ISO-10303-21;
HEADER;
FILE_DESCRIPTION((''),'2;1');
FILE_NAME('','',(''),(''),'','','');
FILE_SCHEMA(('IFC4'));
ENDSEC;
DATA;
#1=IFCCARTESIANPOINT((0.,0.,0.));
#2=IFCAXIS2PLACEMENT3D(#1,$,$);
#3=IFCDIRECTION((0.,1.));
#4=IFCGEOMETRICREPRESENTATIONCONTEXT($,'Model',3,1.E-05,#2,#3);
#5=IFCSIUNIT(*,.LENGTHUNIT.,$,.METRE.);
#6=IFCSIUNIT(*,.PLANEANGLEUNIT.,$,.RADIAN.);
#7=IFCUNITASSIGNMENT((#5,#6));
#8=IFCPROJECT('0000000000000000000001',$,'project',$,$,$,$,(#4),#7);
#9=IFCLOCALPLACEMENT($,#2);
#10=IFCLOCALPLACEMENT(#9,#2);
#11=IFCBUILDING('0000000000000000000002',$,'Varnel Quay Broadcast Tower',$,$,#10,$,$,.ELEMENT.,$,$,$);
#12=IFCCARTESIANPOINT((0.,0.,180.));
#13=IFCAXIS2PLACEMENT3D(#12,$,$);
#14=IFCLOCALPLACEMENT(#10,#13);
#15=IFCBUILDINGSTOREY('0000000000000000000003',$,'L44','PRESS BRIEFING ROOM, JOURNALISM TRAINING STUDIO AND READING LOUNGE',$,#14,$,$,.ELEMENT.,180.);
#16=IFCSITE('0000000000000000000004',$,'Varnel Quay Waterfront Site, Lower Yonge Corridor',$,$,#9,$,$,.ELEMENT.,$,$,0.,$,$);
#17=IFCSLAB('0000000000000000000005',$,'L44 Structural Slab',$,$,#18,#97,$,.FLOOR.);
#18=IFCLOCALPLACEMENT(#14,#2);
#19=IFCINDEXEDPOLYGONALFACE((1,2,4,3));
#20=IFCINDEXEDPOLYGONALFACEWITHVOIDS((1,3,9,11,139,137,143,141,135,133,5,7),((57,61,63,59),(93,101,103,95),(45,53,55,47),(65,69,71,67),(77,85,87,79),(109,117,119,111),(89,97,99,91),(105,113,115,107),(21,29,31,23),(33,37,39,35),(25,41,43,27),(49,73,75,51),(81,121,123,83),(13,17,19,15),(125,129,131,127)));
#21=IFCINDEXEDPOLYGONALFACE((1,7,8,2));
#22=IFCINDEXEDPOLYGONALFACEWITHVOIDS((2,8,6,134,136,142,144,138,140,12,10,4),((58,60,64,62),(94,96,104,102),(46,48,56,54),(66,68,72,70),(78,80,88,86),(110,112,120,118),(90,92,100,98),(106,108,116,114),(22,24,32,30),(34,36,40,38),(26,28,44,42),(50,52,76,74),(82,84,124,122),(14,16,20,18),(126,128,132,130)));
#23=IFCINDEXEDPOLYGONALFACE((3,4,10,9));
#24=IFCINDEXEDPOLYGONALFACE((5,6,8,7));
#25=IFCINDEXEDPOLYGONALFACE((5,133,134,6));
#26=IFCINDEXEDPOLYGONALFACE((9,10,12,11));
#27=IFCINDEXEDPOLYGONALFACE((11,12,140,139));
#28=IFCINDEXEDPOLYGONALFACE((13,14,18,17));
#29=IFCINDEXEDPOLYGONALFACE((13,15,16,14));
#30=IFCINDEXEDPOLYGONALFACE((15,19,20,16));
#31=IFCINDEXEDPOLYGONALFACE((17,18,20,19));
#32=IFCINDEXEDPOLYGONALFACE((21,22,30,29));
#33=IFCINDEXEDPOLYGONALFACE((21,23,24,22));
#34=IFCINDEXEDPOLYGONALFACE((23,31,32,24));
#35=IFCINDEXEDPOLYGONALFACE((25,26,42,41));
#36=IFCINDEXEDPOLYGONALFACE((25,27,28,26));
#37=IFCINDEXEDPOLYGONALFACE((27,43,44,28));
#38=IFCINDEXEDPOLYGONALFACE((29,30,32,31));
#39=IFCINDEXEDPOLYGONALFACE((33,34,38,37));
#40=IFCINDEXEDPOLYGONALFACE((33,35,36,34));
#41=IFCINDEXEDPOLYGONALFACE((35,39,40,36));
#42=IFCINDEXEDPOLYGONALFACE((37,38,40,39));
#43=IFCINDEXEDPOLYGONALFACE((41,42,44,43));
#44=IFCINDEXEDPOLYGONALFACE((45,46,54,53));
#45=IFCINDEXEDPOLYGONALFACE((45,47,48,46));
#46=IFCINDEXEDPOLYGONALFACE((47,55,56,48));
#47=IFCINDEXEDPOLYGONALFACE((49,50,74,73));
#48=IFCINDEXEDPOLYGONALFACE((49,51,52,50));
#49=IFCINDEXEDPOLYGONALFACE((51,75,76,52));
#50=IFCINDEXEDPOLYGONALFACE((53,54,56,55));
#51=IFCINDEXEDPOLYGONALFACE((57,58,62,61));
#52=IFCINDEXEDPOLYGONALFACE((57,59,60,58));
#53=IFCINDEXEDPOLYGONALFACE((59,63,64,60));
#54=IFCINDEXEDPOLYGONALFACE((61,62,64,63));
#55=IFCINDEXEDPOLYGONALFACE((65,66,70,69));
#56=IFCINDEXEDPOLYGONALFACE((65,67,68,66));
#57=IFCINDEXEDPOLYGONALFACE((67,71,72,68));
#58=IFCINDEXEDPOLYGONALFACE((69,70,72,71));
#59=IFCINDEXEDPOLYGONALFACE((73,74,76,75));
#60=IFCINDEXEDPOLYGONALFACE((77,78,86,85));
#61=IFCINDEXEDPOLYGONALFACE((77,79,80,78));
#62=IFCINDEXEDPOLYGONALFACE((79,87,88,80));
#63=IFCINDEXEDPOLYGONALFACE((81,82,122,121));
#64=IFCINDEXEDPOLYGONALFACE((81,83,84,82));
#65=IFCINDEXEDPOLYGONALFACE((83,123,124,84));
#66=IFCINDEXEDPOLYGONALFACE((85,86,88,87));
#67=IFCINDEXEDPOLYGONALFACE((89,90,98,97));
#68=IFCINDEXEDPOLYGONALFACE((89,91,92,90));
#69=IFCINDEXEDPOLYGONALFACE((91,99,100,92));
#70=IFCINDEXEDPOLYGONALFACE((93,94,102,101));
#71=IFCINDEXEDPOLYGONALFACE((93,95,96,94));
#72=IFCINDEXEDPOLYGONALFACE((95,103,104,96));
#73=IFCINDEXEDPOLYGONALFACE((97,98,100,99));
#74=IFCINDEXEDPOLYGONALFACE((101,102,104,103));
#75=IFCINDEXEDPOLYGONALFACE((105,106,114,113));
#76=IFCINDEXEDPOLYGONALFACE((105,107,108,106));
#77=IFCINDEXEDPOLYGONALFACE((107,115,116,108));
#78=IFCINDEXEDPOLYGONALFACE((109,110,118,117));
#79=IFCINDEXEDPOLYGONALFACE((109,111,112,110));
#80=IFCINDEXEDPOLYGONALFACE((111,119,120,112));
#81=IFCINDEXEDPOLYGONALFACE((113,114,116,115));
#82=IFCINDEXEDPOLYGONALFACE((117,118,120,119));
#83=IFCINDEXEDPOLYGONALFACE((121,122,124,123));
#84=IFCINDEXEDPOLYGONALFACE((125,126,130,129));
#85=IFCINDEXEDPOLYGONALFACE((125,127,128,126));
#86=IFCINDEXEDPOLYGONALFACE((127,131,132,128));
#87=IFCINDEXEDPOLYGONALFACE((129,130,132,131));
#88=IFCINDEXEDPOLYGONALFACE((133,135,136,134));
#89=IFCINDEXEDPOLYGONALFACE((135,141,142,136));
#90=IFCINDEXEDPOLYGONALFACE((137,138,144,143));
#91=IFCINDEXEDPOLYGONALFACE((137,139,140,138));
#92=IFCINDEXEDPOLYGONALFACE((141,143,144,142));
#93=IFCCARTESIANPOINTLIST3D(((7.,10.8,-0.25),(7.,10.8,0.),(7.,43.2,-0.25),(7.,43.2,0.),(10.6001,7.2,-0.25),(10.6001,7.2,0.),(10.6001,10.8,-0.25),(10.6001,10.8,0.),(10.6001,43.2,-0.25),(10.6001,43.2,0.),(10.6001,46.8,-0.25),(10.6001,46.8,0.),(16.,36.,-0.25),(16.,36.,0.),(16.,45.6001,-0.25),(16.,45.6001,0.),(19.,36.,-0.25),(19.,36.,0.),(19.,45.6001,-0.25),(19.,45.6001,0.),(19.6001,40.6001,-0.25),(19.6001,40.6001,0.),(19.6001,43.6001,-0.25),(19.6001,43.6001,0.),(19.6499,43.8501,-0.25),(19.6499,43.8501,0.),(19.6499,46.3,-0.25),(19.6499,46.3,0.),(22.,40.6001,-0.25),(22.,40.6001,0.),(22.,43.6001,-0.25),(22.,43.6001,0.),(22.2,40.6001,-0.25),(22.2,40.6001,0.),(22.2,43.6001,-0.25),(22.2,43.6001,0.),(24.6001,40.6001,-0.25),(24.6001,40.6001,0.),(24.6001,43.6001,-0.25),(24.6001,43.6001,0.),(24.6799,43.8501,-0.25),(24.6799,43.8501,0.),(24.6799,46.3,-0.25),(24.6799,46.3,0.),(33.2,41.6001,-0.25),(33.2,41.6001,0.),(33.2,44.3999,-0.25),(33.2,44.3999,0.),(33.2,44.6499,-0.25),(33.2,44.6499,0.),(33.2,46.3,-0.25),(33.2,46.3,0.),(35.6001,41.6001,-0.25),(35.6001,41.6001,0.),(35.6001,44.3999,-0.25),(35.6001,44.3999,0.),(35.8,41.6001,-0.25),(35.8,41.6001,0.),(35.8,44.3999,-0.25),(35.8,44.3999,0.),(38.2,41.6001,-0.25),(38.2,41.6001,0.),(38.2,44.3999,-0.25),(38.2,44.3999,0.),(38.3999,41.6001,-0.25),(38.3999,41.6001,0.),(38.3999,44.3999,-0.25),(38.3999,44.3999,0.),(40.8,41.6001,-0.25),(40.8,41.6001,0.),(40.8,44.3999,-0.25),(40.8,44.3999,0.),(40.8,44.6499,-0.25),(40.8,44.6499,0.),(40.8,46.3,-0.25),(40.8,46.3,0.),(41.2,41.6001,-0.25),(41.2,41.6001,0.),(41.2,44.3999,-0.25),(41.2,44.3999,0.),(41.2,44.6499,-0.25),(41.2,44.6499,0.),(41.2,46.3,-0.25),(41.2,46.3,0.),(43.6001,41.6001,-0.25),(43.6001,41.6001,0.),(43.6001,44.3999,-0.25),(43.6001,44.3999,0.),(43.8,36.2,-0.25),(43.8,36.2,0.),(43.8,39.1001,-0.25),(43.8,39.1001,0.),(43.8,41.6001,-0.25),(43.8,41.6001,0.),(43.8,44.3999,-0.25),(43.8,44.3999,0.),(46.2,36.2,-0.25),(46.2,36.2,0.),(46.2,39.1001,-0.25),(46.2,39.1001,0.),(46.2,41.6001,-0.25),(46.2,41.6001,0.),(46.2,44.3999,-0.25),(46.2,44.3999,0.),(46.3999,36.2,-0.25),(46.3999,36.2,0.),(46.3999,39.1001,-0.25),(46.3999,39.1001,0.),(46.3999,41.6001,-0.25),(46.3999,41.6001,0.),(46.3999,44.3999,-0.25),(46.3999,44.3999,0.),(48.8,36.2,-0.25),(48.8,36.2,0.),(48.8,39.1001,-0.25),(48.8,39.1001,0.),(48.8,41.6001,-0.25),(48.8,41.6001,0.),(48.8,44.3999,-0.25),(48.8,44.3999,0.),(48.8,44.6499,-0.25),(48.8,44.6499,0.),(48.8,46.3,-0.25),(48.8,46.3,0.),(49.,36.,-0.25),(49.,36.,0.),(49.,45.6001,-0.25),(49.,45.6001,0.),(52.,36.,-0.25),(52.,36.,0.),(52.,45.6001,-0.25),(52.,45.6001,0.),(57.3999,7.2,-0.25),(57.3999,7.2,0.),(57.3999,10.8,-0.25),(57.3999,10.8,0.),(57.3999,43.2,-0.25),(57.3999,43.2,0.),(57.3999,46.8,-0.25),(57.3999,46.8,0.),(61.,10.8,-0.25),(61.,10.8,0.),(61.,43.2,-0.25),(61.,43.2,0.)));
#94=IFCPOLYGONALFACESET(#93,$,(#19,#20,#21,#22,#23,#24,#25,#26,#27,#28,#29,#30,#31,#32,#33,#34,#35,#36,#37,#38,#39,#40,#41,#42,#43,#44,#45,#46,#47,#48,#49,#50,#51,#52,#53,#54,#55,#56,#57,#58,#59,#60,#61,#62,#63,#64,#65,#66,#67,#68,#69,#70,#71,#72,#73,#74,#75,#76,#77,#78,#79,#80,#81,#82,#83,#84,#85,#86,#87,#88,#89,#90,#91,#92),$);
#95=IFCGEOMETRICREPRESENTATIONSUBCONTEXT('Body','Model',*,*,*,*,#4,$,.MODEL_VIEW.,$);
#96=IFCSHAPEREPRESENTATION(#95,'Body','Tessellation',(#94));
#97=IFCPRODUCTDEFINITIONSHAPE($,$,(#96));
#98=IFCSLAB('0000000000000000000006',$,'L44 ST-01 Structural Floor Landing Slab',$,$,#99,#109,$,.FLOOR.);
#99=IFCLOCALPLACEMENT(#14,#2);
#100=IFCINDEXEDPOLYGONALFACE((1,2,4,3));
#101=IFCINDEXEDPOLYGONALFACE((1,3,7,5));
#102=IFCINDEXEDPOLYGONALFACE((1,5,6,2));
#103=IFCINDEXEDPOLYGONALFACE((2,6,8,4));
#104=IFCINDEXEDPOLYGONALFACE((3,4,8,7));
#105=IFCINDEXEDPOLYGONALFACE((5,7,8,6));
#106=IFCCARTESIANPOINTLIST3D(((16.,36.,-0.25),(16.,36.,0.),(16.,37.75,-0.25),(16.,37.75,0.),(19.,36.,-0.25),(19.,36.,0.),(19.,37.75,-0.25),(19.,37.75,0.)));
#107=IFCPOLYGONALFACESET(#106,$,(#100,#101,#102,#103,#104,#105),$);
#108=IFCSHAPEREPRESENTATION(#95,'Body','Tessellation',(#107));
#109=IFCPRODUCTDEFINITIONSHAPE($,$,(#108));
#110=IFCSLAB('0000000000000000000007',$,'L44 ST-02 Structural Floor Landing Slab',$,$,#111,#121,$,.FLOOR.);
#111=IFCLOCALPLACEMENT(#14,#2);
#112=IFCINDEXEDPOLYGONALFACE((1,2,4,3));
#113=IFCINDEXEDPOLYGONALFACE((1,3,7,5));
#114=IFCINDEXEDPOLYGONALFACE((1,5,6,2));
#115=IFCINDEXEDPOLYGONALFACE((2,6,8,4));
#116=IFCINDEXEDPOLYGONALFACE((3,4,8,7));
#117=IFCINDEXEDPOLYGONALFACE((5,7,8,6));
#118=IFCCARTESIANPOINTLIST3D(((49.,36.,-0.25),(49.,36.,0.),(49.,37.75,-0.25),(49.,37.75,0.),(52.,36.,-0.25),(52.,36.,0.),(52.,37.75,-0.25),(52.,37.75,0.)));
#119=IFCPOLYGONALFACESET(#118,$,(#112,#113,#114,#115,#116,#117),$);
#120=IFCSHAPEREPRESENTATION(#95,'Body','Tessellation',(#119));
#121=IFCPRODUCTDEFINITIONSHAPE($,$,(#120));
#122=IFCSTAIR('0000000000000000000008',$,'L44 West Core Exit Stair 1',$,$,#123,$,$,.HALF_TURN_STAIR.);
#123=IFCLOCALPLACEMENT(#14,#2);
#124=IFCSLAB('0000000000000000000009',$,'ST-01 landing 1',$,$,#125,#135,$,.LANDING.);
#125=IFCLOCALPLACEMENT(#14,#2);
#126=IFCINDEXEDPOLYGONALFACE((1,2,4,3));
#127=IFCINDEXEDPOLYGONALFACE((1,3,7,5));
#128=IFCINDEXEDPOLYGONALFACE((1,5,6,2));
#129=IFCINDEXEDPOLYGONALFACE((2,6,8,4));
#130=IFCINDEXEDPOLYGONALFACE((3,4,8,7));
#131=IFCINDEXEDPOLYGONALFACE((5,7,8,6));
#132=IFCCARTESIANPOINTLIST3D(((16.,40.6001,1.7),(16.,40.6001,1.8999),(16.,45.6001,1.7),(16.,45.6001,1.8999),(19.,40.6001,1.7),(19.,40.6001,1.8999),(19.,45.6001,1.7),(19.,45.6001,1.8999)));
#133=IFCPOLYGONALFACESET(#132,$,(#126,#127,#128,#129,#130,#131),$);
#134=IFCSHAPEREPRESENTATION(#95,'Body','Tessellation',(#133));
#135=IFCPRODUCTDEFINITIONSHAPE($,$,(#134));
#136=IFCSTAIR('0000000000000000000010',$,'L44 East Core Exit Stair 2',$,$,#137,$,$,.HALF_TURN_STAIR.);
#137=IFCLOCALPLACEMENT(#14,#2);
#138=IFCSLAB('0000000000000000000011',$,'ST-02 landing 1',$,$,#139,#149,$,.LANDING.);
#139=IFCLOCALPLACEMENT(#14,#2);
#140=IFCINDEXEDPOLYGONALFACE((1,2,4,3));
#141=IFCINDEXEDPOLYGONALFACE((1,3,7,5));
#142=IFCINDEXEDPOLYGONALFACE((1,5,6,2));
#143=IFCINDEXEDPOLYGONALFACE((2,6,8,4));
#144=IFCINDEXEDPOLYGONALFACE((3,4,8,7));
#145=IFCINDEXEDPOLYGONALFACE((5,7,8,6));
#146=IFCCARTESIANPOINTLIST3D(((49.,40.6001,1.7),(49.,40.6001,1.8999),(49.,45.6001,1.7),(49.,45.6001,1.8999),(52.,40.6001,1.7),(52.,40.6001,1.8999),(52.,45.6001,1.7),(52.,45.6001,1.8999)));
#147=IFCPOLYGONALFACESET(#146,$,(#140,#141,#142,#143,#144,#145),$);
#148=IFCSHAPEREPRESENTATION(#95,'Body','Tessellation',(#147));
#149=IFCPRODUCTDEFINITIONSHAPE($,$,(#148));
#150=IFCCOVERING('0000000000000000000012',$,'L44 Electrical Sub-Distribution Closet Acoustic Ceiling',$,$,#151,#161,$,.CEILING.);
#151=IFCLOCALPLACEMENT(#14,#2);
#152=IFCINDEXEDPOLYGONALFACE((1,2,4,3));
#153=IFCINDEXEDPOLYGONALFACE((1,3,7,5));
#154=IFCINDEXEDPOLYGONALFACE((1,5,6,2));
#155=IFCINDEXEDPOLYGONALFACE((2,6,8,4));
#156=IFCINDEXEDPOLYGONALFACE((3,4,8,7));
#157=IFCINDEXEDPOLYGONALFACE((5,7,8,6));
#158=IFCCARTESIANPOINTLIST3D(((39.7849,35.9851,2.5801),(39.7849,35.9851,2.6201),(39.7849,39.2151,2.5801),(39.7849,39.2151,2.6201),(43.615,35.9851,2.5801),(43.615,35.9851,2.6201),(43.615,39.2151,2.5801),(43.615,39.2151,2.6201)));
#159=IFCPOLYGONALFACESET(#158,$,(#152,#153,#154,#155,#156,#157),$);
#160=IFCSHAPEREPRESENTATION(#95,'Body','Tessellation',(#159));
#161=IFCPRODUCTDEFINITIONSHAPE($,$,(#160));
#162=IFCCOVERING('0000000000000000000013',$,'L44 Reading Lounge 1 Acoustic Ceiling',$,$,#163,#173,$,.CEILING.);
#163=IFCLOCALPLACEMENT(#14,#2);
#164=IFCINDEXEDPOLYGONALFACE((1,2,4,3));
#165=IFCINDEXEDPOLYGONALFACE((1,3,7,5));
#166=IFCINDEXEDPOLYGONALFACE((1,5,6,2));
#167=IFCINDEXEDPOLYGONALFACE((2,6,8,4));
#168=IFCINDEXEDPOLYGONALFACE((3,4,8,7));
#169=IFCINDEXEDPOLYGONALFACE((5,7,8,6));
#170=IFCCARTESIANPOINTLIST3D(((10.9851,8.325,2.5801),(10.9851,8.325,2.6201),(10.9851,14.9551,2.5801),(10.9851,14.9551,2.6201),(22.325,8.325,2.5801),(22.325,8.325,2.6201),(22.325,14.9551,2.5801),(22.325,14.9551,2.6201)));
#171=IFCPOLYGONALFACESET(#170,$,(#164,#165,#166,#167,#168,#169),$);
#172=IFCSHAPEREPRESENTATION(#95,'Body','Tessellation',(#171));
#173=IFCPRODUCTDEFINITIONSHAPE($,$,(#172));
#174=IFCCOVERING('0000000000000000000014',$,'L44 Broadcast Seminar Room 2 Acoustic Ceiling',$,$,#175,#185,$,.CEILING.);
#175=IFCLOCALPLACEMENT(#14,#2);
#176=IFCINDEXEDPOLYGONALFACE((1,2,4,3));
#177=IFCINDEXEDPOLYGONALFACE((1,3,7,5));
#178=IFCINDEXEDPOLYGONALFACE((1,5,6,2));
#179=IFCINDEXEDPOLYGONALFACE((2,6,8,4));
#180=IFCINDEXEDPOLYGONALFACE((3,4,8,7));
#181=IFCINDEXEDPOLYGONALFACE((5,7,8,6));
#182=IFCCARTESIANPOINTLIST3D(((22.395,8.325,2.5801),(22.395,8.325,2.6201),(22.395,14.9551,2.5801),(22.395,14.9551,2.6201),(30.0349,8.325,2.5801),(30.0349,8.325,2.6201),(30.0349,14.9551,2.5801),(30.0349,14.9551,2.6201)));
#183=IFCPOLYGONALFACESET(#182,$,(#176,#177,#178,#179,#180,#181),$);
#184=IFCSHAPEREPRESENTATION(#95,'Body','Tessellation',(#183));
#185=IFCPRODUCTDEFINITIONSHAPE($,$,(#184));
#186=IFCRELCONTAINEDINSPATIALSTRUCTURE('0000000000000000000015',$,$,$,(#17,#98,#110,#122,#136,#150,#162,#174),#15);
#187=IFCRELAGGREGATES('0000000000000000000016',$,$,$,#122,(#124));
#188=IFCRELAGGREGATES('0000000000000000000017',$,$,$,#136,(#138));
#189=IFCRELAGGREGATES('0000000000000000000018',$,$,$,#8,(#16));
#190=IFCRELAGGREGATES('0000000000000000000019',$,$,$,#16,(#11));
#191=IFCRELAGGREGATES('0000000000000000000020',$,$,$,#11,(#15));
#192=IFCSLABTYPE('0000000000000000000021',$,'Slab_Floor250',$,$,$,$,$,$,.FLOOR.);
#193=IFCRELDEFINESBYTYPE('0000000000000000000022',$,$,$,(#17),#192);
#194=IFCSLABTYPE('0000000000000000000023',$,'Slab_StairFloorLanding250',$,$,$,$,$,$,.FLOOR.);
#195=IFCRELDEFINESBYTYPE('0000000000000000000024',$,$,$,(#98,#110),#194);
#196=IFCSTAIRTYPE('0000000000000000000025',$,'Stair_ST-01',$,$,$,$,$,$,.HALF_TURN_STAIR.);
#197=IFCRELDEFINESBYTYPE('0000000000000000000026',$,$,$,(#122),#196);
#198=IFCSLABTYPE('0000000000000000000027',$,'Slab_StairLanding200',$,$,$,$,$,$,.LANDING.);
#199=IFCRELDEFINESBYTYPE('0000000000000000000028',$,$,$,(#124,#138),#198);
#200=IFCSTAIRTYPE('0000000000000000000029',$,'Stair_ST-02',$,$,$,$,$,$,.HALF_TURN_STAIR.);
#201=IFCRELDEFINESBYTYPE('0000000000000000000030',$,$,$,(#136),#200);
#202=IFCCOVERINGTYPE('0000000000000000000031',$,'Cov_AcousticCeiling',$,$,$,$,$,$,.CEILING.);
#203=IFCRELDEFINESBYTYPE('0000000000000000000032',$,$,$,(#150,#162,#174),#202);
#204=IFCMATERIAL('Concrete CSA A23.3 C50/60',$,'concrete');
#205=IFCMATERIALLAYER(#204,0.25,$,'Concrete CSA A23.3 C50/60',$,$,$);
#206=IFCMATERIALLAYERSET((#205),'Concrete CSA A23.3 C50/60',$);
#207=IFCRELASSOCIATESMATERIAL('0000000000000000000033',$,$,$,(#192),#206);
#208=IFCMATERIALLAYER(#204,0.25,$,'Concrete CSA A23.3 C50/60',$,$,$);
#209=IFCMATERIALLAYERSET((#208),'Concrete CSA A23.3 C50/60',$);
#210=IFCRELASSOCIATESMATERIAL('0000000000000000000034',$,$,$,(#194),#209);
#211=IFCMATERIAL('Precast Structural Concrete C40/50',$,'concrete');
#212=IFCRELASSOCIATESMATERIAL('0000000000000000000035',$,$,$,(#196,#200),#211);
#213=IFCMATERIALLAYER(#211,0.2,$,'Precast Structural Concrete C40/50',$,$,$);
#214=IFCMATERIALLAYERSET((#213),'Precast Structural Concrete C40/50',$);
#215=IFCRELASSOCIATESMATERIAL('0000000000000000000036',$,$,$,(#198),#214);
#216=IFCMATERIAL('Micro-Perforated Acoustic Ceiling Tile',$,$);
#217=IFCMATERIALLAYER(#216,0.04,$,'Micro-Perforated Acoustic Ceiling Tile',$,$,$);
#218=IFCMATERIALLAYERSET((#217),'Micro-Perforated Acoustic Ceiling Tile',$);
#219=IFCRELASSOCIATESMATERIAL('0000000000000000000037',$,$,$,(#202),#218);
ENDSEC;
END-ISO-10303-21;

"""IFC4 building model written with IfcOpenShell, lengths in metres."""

from ifc_helpers import new_model, si_unit, direction, frame, origin, place, context, subcontext, project, spatial, polyline, outline, extrude, material, layer, layer_set, type_object, element, aggregate, save


model = new_model("IFC4")

# Units and contexts
model_context = context("Model", 3, precision=1e-05, world=origin(), true_north=direction((0.0, 1.0)))
body_context = subcontext(model_context, "Body", "Model", "MODEL_VIEW")
ifc_project = project(units=[si_unit("LENGTHUNIT", "METRE"), si_unit("PLANEANGLEUNIT", "RADIAN")], contexts=[model_context])

# Site, building, storey
site_placement = place(None, origin())
site = spatial("IfcSite", under=ifc_project, at=site_placement, Name="Varnel Quay Waterfront Site, Lower Yonge Corridor", CompositionType="ELEMENT", RefElevation=0.0)
building_placement = place(site_placement, origin())
building = spatial("IfcBuilding", under=site, at=building_placement, Name="Varnel Quay Broadcast Tower", CompositionType="ELEMENT")
storey_placement = place(building_placement, frame((0.0, 0.0, 180.0)))
storey = spatial("IfcBuildingStorey", under=building, at=storey_placement, Name="L44", Description="PRESS BRIEFING ROOM, JOURNALISM TRAINING STUDIO AND READING LOUNGE", CompositionType="ELEMENT", Elevation=180.0)

# Slabs
ifc_material_1 = material(Name="Concrete CSA A23.3 C50/60", Category="concrete")
ifc_layer_1 = layer(ifc_material_1, 0.25, Name="Concrete CSA A23.3 C50/60")
ifc_layer_set_1 = layer_set([ifc_layer_1], Name="Concrete CSA A23.3 C50/60")
slab_type_1 = type_object("IfcSlabType", Name="Slab_Floor250", PredefinedType="FLOOR", material=ifc_layer_set_1)
slab_1_placement = place(storey_placement, frame((0.0, 0.0, -0.25)))
element("IfcSlab", 1, at=slab_1_placement, inside=storey, type_object=slab_type_1, Name="L44 Structural Slab", PredefinedType="FLOOR", context=body_context, shape_type="SweptSolid", body=[
    extrude(outline(polyline([(10.6001, 7.2), (57.3999, 7.2), (57.3999, 10.8), (61.0, 10.8), (61.0, 43.2), (57.3999, 43.2), (57.3999, 46.8), (10.6001, 46.8), (10.6001, 43.2), (7.0, 43.2), (7.0, 10.8), (10.6001, 10.8), (10.6001, 7.2)]), holes=[polyline([(19.0, 36.0), (16.0, 36.0), (16.0, 45.6001), (19.0, 45.6001), (19.0, 36.0)]), polyline([(19.6001, 43.6001), (22.0, 43.6001), (22.0, 40.6001), (19.6001, 40.6001), (19.6001, 43.6001)]), polyline([(22.2, 43.6001), (24.6001, 43.6001), (24.6001, 40.6001), (22.2, 40.6001), (22.2, 43.6001)]), polyline([(33.2, 44.3999), (35.6001, 44.3999), (35.6001, 41.6001), (33.2, 41.6001), (33.2, 44.3999)]), polyline([(35.8, 44.3999), (38.2, 44.3999), (38.2, 41.6001), (35.8, 41.6001), (35.8, 44.3999)]), polyline([(38.3999, 44.3999), (40.8, 44.3999), (40.8, 41.6001), (38.3999, 41.6001), (38.3999, 44.3999)]), polyline([(19.6499, 46.3), (24.6799, 46.3), (24.6799, 43.8501), (19.6499, 43.8501), (19.6499, 46.3)]), polyline([(33.2, 46.3), (40.8, 46.3), (40.8, 44.6499), (33.2, 44.6499), (33.2, 46.3)]), polyline([(43.8, 39.1001), (46.2, 39.1001), (46.2, 36.2), (43.8, 36.2), (43.8, 39.1001)]), polyline([(46.3999, 39.1001), (48.8, 39.1001), (48.8, 36.2), (46.3999, 36.2), (46.3999, 39.1001)]), polyline([(49.0, 36.0), (49.0, 45.6001), (52.0, 45.6001), (52.0, 36.0), (49.0, 36.0)]), polyline([(41.2, 44.3999), (43.6001, 44.3999), (43.6001, 41.6001), (41.2, 41.6001), (41.2, 44.3999)]), polyline([(43.8, 44.3999), (46.2, 44.3999), (46.2, 41.6001), (43.8, 41.6001), (43.8, 44.3999)]), polyline([(46.3999, 44.3999), (48.8, 44.3999), (48.8, 41.6001), (46.3999, 41.6001), (46.3999, 44.3999)]), polyline([(41.2, 46.3), (48.8, 46.3), (48.8, 44.6499), (41.2, 44.6499), (41.2, 46.3)])]), origin(), (0.0, 0.0, 1.0), 0.25),
])
ifc_layer_2 = layer(ifc_material_1, 0.25, Name="Concrete CSA A23.3 C50/60")
ifc_layer_set_2 = layer_set([ifc_layer_2], Name="Concrete CSA A23.3 C50/60")
slab_type_2 = type_object("IfcSlabType", Name="Slab_StairFloorLanding250", PredefinedType="FLOOR", material=ifc_layer_set_2)
slab_2_placement = place(storey_placement, frame((0.0, 0.0, -0.25)))
element("IfcSlab", 2, at=slab_2_placement, inside=storey, type_object=slab_type_2, Name="L44 ST-01 Structural Floor Landing Slab", PredefinedType="FLOOR", context=body_context, shape_type="SweptSolid", body=[
    extrude(outline(polyline([(19.0, 36.0), (19.0, 37.75), (16.0, 37.75), (16.0, 36.0), (19.0, 36.0)])), origin(), (0.0, 0.0, 1.0), 0.25),
])
slab_3_placement = place(storey_placement, frame((0.0, 0.0, -0.25)))
element("IfcSlab", 3, at=slab_3_placement, inside=storey, type_object=slab_type_2, Name="L44 ST-02 Structural Floor Landing Slab", PredefinedType="FLOOR", context=body_context, shape_type="SweptSolid", body=[
    extrude(outline(polyline([(52.0, 36.0), (52.0, 37.75), (49.0, 37.75), (49.0, 36.0), (52.0, 36.0)])), origin(), (0.0, 0.0, 1.0), 0.25),
])

# Stairs, slabs
ifc_material_2 = material(Name="Precast Structural Concrete C40/50", Category="concrete")
stair_type_1 = type_object("IfcStairType", Name="Stair_ST-01", PredefinedType="HALF_TURN_STAIR", material=ifc_material_2)
stair_1_placement = place(storey_placement, origin())
stair_1 = element("IfcStair", 4, at=stair_1_placement, inside=storey, type_object=stair_type_1, Name="L44 West Core Exit Stair 1", PredefinedType="HALF_TURN_STAIR")
ifc_layer_3 = layer(ifc_material_2, 0.2, Name="Precast Structural Concrete C40/50")
ifc_layer_set_3 = layer_set([ifc_layer_3], Name="Precast Structural Concrete C40/50")
slab_type_3 = type_object("IfcSlabType", Name="Slab_StairLanding200", PredefinedType="LANDING", material=ifc_layer_set_3)
slab_4_placement = place(storey_placement, frame((0.0, 0.0, 1.7)))
slab_4 = element("IfcSlab", 5, at=slab_4_placement, type_object=slab_type_3, Name="ST-01 landing 1", PredefinedType="LANDING", context=body_context, shape_type="SweptSolid", body=[
    extrude(outline(polyline([(19.0, 40.6001), (19.0, 45.6001), (16.0, 45.6001), (16.0, 40.6001), (19.0, 40.6001)])), origin(), (0.0, 0.0, 1.0), 0.2),
])
aggregate(stair_1, [slab_4])
stair_type_2 = type_object("IfcStairType", Name="Stair_ST-02", PredefinedType="HALF_TURN_STAIR", material=ifc_material_2)
stair_2_placement = place(storey_placement, origin())
stair_2 = element("IfcStair", 6, at=stair_2_placement, inside=storey, type_object=stair_type_2, Name="L44 East Core Exit Stair 2", PredefinedType="HALF_TURN_STAIR")
slab_5_placement = place(storey_placement, frame((0.0, 0.0, 1.7)))
slab_5 = element("IfcSlab", 7, at=slab_5_placement, type_object=slab_type_3, Name="ST-02 landing 1", PredefinedType="LANDING", context=body_context, shape_type="SweptSolid", body=[
    extrude(outline(polyline([(52.0, 40.6001), (52.0, 45.6001), (49.0, 45.6001), (49.0, 40.6001), (52.0, 40.6001)])), origin(), (0.0, 0.0, 1.0), 0.2),
])
aggregate(stair_2, [slab_5])

# Coverings
ifc_material_3 = material(Name="Micro-Perforated Acoustic Ceiling Tile")
ifc_layer_4 = layer(ifc_material_3, 0.04, Name="Micro-Perforated Acoustic Ceiling Tile")
ifc_layer_set_4 = layer_set([ifc_layer_4], Name="Micro-Perforated Acoustic Ceiling Tile")
covering_type = type_object("IfcCoveringType", Name="Cov_AcousticCeiling", PredefinedType="CEILING", material=ifc_layer_set_4)
covering_1_placement = place(storey_placement, frame((0.0, 0.0, 2.5801)))
element("IfcCovering", 8, at=covering_1_placement, inside=storey, type_object=covering_type, Name="L44 Electrical Sub-Distribution Closet Acoustic Ceiling", PredefinedType="CEILING", context=body_context, shape_type="SweptSolid", body=[
    extrude(outline(polyline([(39.7849, 35.9851), (43.615, 35.9851), (43.615, 39.2151), (39.7849, 39.2151), (39.7849, 35.9851)])), origin(), (0.0, 0.0, 1.0), 0.04),
])
covering_2_placement = place(storey_placement, frame((0.0, 0.0, 2.5801)))
element("IfcCovering", 9, at=covering_2_placement, inside=storey, type_object=covering_type, Name="L44 Reading Lounge 1 Acoustic Ceiling", PredefinedType="CEILING", context=body_context, shape_type="SweptSolid", body=[
    extrude(outline(polyline([(10.9851, 8.325), (22.325, 8.325), (22.325, 14.9551), (10.9851, 14.9551), (10.9851, 8.325)])), origin(), (0.0, 0.0, 1.0), 0.04),
])
covering_3_placement = place(storey_placement, frame((0.0, 0.0, 2.5801)))
element("IfcCovering", 10, at=covering_3_placement, inside=storey, type_object=covering_type, Name="L44 Broadcast Seminar Room 2 Acoustic Ceiling", PredefinedType="CEILING", context=body_context, shape_type="SweptSolid", body=[
    extrude(outline(polyline([(22.395, 8.325), (30.0349, 8.325), (30.0349, 14.9551), (22.395, 14.9551), (22.395, 8.325)])), origin(), (0.0, 0.0, 1.0), 0.04),
])

save(model, "model.ifc")
